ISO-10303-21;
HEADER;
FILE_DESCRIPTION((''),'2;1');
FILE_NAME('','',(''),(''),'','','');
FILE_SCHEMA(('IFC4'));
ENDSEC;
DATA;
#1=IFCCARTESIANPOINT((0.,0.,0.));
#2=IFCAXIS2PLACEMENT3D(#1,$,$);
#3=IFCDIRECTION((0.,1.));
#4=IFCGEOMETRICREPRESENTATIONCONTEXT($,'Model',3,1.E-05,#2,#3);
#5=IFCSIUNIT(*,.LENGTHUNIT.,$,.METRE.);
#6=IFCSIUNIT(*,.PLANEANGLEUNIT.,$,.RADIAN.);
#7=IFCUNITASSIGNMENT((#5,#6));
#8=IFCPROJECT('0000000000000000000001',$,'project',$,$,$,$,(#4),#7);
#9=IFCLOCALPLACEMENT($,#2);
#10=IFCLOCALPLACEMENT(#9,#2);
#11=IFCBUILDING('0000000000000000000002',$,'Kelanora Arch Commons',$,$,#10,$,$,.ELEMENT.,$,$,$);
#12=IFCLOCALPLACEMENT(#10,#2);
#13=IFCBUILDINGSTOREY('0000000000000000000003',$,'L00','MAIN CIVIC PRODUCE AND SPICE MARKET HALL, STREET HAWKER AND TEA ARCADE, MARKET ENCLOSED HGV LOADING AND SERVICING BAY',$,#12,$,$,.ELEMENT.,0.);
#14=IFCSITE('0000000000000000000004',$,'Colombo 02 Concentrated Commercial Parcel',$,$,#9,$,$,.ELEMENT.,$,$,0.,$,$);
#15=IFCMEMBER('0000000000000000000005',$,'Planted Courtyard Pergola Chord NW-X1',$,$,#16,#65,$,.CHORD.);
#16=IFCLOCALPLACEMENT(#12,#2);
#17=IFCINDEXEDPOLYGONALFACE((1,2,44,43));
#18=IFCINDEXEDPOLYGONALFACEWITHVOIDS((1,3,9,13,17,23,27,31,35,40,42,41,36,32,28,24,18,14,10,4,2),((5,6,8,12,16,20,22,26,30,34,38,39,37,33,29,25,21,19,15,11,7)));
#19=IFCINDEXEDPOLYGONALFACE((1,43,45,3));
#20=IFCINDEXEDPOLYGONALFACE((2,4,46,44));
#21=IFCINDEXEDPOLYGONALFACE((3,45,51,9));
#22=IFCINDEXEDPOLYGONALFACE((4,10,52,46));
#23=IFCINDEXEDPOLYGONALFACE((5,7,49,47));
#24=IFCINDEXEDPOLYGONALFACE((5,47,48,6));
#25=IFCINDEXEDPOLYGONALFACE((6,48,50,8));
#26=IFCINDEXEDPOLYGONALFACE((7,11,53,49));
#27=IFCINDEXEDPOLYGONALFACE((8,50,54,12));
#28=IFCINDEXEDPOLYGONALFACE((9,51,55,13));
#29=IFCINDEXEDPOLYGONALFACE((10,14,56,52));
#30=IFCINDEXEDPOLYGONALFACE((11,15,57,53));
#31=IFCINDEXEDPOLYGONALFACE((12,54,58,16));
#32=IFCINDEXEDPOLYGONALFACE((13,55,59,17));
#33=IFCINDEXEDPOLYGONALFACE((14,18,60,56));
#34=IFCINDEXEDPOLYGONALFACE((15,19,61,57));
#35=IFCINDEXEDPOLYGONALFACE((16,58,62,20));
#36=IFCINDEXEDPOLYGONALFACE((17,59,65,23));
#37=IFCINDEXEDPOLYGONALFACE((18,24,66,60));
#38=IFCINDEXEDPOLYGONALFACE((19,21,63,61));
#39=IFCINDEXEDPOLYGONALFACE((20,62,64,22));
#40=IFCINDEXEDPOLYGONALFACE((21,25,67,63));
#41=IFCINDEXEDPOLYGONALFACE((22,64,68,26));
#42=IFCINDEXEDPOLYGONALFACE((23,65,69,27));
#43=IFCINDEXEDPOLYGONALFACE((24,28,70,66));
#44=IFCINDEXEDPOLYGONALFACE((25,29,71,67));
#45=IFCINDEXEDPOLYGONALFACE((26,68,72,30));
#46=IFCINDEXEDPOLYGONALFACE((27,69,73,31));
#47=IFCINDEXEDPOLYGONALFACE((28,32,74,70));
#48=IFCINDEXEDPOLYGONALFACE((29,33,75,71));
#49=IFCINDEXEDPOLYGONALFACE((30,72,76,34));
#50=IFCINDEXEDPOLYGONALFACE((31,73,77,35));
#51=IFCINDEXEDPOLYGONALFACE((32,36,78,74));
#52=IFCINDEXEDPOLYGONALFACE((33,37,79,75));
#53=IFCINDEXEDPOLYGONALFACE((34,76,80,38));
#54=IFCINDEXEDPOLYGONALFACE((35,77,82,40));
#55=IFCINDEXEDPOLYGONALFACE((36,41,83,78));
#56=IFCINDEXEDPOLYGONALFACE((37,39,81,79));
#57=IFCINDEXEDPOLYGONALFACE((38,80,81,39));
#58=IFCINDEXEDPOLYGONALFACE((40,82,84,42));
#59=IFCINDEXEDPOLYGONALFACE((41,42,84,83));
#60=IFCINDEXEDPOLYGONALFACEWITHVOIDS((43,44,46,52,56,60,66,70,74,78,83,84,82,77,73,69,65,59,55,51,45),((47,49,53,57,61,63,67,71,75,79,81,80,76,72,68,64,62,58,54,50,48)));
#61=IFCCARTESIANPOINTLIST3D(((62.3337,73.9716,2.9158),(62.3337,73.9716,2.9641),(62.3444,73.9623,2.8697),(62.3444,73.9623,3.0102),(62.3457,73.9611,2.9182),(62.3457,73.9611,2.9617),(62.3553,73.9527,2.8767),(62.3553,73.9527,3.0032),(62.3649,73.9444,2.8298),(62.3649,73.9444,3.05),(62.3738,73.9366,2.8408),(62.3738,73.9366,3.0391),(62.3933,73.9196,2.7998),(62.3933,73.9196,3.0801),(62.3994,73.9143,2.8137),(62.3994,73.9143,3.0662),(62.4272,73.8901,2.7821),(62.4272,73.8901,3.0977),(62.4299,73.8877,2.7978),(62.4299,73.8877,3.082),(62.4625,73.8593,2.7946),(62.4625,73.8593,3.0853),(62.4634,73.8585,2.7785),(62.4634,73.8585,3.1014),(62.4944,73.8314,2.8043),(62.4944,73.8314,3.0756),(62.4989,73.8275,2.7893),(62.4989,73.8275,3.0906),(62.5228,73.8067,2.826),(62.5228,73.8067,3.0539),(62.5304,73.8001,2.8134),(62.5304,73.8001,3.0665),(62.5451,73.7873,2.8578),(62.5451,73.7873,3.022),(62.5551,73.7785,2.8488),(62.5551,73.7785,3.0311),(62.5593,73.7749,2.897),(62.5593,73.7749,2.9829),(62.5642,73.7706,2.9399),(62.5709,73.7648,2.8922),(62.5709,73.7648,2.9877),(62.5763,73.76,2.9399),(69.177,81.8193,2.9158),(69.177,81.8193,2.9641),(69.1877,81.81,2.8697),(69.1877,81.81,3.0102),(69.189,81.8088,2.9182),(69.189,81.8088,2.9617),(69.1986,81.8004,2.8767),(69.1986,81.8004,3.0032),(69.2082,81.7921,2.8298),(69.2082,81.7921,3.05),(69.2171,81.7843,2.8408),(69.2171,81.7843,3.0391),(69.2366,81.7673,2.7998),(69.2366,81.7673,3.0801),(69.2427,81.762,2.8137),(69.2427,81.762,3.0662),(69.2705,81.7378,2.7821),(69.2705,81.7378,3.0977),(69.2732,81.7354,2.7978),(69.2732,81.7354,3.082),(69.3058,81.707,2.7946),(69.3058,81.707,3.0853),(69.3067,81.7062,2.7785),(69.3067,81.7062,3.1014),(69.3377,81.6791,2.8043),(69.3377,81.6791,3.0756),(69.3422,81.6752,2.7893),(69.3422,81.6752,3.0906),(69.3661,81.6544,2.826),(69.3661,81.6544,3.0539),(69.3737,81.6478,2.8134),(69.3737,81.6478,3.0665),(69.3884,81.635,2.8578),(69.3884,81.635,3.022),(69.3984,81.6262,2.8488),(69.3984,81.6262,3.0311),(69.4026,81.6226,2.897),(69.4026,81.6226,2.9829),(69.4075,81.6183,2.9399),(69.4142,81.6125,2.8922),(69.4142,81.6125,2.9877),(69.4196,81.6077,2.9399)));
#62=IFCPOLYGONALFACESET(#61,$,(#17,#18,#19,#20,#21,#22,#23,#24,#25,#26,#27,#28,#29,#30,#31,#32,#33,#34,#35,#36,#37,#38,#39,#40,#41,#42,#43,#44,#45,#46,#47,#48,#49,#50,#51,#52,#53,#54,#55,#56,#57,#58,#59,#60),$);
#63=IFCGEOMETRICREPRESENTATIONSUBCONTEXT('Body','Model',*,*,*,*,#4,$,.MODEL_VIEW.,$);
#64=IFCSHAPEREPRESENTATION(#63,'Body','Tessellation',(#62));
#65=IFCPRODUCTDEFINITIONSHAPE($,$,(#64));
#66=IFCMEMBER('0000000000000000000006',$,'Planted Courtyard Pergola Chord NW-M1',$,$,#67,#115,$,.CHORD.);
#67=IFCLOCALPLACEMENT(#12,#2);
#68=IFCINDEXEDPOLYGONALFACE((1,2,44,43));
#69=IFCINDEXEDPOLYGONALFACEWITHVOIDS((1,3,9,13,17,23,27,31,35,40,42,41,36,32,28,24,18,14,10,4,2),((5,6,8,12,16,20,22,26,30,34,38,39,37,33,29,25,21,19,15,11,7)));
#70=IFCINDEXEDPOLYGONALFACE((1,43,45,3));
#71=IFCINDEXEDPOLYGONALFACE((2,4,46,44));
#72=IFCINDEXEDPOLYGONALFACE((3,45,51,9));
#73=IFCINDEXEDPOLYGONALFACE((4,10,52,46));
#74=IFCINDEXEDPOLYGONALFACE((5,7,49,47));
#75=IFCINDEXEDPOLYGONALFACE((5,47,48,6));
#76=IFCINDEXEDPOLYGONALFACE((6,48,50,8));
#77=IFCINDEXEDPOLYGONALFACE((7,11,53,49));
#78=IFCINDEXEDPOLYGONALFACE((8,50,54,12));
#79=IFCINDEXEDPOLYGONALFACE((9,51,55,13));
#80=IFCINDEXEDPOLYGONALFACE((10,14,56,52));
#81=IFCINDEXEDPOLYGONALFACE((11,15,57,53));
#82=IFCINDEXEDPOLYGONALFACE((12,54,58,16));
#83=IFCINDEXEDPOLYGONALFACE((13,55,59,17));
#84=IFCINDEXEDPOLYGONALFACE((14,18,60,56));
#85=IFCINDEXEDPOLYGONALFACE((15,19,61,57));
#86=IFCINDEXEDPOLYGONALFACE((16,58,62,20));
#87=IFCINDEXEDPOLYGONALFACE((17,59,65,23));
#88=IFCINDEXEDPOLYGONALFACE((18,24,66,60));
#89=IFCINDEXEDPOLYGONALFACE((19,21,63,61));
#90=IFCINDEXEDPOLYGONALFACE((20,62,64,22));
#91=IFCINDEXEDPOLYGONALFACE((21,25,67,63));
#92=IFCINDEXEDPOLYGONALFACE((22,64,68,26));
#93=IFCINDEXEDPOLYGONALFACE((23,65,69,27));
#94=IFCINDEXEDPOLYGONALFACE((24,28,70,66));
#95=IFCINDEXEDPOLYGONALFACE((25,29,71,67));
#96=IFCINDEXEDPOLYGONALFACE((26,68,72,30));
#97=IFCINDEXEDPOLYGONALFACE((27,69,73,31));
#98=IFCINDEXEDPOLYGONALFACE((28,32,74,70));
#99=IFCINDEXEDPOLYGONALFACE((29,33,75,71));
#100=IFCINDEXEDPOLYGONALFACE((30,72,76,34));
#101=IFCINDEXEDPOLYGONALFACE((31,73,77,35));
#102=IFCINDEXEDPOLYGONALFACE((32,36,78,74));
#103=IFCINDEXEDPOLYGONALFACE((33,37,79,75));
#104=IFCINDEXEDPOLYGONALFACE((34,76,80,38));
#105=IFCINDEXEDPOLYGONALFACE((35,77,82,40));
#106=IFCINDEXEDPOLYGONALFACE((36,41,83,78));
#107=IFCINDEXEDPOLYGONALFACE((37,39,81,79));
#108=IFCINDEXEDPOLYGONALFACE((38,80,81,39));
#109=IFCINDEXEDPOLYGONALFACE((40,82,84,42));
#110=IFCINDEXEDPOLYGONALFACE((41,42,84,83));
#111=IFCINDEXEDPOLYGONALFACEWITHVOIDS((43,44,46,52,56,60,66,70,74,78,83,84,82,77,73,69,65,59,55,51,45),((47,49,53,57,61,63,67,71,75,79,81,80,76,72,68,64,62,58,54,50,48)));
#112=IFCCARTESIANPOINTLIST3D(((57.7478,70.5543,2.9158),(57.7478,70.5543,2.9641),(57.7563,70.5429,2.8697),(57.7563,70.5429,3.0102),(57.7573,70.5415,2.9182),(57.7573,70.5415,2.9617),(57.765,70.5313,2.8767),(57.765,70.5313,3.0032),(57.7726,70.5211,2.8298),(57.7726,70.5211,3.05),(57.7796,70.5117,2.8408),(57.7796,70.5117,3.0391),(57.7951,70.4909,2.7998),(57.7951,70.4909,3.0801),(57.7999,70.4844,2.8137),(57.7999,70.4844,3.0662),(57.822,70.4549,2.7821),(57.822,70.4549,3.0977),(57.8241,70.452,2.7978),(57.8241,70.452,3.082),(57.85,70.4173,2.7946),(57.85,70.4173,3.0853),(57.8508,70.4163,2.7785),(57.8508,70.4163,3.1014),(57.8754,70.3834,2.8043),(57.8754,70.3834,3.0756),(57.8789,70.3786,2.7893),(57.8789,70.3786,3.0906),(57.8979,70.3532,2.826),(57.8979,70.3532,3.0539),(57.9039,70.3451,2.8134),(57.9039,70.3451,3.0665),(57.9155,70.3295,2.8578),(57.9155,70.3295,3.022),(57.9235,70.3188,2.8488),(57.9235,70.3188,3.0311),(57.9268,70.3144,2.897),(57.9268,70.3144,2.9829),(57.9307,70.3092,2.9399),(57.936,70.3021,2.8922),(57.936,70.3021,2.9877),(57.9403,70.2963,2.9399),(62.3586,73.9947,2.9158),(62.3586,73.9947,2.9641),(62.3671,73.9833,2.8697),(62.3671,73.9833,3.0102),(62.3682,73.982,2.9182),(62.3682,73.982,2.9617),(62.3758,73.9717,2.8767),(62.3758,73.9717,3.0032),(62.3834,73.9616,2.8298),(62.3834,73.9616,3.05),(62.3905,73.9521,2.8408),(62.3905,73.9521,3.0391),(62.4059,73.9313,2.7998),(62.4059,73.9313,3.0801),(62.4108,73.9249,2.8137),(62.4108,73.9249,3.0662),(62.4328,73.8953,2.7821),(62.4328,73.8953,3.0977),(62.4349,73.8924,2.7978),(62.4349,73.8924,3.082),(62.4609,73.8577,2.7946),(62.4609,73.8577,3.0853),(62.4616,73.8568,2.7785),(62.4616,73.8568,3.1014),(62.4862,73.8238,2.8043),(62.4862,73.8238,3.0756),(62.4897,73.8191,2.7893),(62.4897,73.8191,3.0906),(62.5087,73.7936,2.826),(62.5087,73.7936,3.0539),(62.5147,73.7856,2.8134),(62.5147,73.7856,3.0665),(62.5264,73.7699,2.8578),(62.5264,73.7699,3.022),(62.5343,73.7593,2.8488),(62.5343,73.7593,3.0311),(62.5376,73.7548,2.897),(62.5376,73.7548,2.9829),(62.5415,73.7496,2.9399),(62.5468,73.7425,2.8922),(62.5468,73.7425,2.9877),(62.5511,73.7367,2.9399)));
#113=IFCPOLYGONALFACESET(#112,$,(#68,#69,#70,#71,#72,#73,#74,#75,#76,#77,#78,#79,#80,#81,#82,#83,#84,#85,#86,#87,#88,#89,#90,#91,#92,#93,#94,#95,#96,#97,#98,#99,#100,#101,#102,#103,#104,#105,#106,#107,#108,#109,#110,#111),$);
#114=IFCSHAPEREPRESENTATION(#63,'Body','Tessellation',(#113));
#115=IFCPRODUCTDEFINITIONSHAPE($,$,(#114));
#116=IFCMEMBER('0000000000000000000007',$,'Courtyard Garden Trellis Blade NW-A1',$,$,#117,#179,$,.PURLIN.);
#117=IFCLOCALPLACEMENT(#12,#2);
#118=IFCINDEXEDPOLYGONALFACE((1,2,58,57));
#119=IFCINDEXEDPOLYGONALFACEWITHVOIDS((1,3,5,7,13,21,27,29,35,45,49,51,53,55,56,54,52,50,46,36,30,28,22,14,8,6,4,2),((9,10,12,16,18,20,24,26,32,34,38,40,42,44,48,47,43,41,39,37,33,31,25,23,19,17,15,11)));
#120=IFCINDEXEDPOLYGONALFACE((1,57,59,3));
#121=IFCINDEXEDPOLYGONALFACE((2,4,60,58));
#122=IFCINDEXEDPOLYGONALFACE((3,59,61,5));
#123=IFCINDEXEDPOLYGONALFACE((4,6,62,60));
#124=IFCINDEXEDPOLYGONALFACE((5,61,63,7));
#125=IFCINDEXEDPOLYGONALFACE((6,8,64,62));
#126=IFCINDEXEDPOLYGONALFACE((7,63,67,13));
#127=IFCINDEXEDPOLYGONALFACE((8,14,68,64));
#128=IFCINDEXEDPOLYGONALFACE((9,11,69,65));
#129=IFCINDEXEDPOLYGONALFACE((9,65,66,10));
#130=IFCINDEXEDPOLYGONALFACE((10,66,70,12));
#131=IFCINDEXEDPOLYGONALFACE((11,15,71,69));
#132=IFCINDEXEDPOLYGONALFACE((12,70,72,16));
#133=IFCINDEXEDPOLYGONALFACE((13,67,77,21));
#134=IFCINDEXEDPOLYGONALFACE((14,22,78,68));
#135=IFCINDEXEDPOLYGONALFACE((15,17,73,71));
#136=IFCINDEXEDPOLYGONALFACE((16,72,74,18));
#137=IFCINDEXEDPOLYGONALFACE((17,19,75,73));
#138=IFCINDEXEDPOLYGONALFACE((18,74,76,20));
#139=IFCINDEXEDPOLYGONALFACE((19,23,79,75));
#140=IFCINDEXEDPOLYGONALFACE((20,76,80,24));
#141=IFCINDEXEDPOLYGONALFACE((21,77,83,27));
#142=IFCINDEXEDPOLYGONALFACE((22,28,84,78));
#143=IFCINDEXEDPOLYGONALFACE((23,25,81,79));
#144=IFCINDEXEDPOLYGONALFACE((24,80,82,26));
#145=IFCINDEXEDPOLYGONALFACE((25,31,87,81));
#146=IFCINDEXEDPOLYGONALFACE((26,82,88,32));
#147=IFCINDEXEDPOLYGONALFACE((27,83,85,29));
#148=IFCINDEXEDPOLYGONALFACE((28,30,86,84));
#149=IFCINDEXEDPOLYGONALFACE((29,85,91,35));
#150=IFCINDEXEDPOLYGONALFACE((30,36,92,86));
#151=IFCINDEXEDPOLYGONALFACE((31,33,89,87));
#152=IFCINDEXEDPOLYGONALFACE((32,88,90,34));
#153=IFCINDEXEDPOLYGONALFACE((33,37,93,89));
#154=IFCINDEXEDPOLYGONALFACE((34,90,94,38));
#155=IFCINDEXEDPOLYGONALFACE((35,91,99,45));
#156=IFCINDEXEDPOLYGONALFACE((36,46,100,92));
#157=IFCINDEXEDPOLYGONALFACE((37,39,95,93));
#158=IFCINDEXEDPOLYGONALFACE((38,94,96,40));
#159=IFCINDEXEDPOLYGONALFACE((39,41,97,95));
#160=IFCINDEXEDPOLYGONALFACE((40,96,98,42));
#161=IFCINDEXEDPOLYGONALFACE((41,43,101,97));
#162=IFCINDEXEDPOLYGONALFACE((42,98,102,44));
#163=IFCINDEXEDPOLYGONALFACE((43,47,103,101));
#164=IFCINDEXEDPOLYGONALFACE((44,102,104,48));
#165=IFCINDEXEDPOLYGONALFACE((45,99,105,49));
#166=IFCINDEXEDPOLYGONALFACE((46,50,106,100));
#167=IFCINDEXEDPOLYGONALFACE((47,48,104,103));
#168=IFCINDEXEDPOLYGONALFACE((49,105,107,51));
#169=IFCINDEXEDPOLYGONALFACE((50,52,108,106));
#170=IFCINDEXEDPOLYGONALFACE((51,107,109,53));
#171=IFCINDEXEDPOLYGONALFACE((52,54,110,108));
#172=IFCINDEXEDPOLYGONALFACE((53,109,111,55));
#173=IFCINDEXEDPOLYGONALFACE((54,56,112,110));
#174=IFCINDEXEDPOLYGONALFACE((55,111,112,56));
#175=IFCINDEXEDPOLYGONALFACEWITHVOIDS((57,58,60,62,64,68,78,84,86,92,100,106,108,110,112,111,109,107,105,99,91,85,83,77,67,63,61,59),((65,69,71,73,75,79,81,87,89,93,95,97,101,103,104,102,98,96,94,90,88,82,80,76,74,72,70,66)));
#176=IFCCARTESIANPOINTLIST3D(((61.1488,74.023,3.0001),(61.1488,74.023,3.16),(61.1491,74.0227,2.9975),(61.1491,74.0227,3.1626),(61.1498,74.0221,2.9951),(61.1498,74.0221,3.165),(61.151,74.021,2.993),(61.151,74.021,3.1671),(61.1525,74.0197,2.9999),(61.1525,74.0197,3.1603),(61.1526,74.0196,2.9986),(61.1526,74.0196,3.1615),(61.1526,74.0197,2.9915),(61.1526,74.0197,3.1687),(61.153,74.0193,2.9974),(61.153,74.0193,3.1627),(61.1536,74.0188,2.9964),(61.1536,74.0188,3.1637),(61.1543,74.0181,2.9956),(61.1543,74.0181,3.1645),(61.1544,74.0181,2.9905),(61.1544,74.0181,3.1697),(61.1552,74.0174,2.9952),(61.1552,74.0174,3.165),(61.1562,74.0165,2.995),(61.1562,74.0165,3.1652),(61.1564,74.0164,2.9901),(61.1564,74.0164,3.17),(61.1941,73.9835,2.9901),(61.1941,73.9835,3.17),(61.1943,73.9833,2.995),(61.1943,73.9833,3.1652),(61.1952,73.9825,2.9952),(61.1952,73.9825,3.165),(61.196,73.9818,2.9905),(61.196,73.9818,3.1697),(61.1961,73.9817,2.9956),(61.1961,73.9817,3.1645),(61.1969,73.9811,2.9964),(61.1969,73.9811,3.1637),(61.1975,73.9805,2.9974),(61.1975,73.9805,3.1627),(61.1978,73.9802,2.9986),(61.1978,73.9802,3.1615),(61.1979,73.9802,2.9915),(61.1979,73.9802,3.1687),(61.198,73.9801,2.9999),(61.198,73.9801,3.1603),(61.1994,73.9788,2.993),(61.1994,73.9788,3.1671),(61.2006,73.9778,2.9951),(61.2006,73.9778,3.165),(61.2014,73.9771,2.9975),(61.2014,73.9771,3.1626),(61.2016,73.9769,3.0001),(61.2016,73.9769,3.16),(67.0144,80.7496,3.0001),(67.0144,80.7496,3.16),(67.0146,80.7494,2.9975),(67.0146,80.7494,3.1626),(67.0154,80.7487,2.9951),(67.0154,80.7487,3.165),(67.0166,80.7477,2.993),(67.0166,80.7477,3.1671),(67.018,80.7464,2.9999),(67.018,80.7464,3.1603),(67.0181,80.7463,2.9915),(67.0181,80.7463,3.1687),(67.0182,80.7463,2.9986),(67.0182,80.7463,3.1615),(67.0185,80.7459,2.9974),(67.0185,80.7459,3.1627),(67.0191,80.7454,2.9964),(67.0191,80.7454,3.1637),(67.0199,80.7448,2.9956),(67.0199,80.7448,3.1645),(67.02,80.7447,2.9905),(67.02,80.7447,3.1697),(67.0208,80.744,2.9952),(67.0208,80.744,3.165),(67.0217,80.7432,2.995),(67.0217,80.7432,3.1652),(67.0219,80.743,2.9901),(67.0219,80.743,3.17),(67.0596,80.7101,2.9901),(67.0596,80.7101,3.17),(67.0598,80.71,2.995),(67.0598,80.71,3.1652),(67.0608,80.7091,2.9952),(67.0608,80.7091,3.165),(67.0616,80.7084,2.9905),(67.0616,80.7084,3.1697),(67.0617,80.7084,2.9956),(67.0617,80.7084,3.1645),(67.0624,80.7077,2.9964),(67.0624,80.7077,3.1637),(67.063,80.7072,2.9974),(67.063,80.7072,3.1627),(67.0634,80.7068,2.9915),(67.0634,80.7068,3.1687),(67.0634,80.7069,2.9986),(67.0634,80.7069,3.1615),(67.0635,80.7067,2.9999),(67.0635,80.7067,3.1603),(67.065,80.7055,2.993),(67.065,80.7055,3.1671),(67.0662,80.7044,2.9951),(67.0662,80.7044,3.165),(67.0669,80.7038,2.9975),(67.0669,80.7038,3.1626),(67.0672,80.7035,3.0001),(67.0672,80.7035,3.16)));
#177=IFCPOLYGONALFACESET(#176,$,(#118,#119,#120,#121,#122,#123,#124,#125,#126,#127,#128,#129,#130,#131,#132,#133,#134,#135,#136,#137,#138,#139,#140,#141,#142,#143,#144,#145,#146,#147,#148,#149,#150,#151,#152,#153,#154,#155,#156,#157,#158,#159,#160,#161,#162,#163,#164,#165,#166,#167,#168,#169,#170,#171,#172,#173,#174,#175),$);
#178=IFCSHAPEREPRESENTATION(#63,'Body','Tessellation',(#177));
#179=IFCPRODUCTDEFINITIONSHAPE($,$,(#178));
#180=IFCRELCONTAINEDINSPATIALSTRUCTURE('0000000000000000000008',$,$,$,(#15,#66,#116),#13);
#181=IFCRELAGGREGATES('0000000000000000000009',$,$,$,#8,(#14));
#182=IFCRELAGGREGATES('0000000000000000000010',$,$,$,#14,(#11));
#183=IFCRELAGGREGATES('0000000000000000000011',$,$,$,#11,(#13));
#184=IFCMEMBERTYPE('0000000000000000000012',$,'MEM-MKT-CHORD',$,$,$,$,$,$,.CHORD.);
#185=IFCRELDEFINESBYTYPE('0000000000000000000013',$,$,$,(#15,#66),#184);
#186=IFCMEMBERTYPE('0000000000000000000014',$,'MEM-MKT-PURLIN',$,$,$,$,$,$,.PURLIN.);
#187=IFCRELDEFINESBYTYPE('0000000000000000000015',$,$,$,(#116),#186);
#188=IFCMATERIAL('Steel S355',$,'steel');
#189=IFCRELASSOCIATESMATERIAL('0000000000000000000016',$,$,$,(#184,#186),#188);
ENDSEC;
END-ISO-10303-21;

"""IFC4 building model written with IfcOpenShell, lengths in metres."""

from ifc_helpers import new_model, si_unit, direction, frame, origin, origin_2d, place, context, subcontext, project, spatial, hollow_rectangle, hollow_circle, extrude, material, material_profile, profile_set, type_object, element, save


model = new_model("IFC4")

# Units and contexts
model_context = context("Model", 3, precision=1e-05, world=origin(), true_north=direction((0.0, 1.0)))
body_context = subcontext(model_context, "Body", "Model", "MODEL_VIEW")
ifc_project = project(units=[si_unit("LENGTHUNIT", "METRE"), si_unit("PLANEANGLEUNIT", "RADIAN")], contexts=[model_context])

# Site, building, storey
site_placement = place(None, origin())
site = spatial("IfcSite", under=ifc_project, at=site_placement, Name="Colombo 02 Concentrated Commercial Parcel", CompositionType="ELEMENT", RefElevation=0.0)
building_placement = place(site_placement, origin())
building = spatial("IfcBuilding", under=site, at=building_placement, Name="Kelanora Arch Commons", CompositionType="ELEMENT")
storey_placement = place(building_placement, origin())
storey = spatial("IfcBuildingStorey", under=building, at=storey_placement, Name="L00", Description="MAIN CIVIC PRODUCE AND SPICE MARKET HALL, STREET HAWKER AND TEA ARCADE, MARKET ENCLOSED HGV LOADING AND SERVICING BAY", CompositionType="ELEMENT", Elevation=0.0)

# Shared definitions
ifc_material_1 = material(Name="Steel S355", Category="steel")

# Members
ifc_material_profile_1 = material_profile(ifc_material_1, hollow_circle(Radius=0.1619, WallThickness=0.0161, at=origin_2d()), Name="CHS323.9x16")
ifc_profile_set_1 = profile_set([ifc_material_profile_1], Name="Steel S355")
member_type_1 = type_object("IfcMemberType", Name="MEM-MKT-CHORD", PredefinedType="CHORD", material=ifc_profile_set_1)
member_1_placement = place(storey_placement, frame((69.2976, 81.7141, 2.9399), z_axis=(-0.657229, -0.753691, 0.0), x_axis=(0.753691, -0.657229, 0.0)))
element("IfcMember", 1, at=member_1_placement, inside=storey, type_object=member_type_1, Name="Planted Courtyard Pergola Chord NW-X1", PredefinedType="CHORD", context=body_context, shape_type="SweptSolid", body=[
    extrude(hollow_circle(Radius=0.1619, WallThickness=0.0161, at=origin_2d()), origin(), (0.0, 0.0, 1.0), 10.4124),
])
member_2_placement = place(storey_placement, frame((62.4543, 73.8665, 2.9399), z_axis=(-0.801474, -0.598029, 0.0), x_axis=(0.598029, -0.801474, 0.0)))
element("IfcMember", 2, at=member_2_placement, inside=storey, type_object=member_type_1, Name="Planted Courtyard Pergola Chord NW-M1", PredefinedType="CHORD", context=body_context, shape_type="SweptSolid", body=[
    extrude(hollow_circle(Radius=0.1619, WallThickness=0.0161, at=origin_2d()), origin(), (0.0, 0.0, 1.0), 5.7529),
])
ifc_material_profile_2 = material_profile(ifc_material_1, hollow_rectangle(XDim=0.0701, YDim=0.1799, WallThickness=0.0049, InnerFilletRadius=0.0049, OuterFilletRadius=0.01, at=origin_2d()), Name="RHS180x70x5")
ifc_profile_set_2 = profile_set([ifc_material_profile_2], Name="Steel S355")
member_type_2 = type_object("IfcMemberType", Name="MEM-MKT-PURLIN", PredefinedType="PURLIN", material=ifc_profile_set_2)
member_3_placement = place(storey_placement, frame((67.0408, 80.7266, 3.0801), z_axis=(-0.657218, -0.753701, 0.0), x_axis=(0.753701, -0.657218, 0.0)))
element("IfcMember", 3, at=member_3_placement, inside=storey, type_object=member_type_2, Name="Courtyard Garden Trellis Blade NW-A1", PredefinedType="PURLIN", context=body_context, shape_type="SweptSolid", body=[
    extrude(hollow_rectangle(XDim=0.0701, YDim=0.1799, WallThickness=0.0049, InnerFilletRadius=0.0049, OuterFilletRadius=0.01, at=origin_2d()), origin(), (0.0, 0.0, 1.0), 8.9248),
])

save(model, "model.ifc")
